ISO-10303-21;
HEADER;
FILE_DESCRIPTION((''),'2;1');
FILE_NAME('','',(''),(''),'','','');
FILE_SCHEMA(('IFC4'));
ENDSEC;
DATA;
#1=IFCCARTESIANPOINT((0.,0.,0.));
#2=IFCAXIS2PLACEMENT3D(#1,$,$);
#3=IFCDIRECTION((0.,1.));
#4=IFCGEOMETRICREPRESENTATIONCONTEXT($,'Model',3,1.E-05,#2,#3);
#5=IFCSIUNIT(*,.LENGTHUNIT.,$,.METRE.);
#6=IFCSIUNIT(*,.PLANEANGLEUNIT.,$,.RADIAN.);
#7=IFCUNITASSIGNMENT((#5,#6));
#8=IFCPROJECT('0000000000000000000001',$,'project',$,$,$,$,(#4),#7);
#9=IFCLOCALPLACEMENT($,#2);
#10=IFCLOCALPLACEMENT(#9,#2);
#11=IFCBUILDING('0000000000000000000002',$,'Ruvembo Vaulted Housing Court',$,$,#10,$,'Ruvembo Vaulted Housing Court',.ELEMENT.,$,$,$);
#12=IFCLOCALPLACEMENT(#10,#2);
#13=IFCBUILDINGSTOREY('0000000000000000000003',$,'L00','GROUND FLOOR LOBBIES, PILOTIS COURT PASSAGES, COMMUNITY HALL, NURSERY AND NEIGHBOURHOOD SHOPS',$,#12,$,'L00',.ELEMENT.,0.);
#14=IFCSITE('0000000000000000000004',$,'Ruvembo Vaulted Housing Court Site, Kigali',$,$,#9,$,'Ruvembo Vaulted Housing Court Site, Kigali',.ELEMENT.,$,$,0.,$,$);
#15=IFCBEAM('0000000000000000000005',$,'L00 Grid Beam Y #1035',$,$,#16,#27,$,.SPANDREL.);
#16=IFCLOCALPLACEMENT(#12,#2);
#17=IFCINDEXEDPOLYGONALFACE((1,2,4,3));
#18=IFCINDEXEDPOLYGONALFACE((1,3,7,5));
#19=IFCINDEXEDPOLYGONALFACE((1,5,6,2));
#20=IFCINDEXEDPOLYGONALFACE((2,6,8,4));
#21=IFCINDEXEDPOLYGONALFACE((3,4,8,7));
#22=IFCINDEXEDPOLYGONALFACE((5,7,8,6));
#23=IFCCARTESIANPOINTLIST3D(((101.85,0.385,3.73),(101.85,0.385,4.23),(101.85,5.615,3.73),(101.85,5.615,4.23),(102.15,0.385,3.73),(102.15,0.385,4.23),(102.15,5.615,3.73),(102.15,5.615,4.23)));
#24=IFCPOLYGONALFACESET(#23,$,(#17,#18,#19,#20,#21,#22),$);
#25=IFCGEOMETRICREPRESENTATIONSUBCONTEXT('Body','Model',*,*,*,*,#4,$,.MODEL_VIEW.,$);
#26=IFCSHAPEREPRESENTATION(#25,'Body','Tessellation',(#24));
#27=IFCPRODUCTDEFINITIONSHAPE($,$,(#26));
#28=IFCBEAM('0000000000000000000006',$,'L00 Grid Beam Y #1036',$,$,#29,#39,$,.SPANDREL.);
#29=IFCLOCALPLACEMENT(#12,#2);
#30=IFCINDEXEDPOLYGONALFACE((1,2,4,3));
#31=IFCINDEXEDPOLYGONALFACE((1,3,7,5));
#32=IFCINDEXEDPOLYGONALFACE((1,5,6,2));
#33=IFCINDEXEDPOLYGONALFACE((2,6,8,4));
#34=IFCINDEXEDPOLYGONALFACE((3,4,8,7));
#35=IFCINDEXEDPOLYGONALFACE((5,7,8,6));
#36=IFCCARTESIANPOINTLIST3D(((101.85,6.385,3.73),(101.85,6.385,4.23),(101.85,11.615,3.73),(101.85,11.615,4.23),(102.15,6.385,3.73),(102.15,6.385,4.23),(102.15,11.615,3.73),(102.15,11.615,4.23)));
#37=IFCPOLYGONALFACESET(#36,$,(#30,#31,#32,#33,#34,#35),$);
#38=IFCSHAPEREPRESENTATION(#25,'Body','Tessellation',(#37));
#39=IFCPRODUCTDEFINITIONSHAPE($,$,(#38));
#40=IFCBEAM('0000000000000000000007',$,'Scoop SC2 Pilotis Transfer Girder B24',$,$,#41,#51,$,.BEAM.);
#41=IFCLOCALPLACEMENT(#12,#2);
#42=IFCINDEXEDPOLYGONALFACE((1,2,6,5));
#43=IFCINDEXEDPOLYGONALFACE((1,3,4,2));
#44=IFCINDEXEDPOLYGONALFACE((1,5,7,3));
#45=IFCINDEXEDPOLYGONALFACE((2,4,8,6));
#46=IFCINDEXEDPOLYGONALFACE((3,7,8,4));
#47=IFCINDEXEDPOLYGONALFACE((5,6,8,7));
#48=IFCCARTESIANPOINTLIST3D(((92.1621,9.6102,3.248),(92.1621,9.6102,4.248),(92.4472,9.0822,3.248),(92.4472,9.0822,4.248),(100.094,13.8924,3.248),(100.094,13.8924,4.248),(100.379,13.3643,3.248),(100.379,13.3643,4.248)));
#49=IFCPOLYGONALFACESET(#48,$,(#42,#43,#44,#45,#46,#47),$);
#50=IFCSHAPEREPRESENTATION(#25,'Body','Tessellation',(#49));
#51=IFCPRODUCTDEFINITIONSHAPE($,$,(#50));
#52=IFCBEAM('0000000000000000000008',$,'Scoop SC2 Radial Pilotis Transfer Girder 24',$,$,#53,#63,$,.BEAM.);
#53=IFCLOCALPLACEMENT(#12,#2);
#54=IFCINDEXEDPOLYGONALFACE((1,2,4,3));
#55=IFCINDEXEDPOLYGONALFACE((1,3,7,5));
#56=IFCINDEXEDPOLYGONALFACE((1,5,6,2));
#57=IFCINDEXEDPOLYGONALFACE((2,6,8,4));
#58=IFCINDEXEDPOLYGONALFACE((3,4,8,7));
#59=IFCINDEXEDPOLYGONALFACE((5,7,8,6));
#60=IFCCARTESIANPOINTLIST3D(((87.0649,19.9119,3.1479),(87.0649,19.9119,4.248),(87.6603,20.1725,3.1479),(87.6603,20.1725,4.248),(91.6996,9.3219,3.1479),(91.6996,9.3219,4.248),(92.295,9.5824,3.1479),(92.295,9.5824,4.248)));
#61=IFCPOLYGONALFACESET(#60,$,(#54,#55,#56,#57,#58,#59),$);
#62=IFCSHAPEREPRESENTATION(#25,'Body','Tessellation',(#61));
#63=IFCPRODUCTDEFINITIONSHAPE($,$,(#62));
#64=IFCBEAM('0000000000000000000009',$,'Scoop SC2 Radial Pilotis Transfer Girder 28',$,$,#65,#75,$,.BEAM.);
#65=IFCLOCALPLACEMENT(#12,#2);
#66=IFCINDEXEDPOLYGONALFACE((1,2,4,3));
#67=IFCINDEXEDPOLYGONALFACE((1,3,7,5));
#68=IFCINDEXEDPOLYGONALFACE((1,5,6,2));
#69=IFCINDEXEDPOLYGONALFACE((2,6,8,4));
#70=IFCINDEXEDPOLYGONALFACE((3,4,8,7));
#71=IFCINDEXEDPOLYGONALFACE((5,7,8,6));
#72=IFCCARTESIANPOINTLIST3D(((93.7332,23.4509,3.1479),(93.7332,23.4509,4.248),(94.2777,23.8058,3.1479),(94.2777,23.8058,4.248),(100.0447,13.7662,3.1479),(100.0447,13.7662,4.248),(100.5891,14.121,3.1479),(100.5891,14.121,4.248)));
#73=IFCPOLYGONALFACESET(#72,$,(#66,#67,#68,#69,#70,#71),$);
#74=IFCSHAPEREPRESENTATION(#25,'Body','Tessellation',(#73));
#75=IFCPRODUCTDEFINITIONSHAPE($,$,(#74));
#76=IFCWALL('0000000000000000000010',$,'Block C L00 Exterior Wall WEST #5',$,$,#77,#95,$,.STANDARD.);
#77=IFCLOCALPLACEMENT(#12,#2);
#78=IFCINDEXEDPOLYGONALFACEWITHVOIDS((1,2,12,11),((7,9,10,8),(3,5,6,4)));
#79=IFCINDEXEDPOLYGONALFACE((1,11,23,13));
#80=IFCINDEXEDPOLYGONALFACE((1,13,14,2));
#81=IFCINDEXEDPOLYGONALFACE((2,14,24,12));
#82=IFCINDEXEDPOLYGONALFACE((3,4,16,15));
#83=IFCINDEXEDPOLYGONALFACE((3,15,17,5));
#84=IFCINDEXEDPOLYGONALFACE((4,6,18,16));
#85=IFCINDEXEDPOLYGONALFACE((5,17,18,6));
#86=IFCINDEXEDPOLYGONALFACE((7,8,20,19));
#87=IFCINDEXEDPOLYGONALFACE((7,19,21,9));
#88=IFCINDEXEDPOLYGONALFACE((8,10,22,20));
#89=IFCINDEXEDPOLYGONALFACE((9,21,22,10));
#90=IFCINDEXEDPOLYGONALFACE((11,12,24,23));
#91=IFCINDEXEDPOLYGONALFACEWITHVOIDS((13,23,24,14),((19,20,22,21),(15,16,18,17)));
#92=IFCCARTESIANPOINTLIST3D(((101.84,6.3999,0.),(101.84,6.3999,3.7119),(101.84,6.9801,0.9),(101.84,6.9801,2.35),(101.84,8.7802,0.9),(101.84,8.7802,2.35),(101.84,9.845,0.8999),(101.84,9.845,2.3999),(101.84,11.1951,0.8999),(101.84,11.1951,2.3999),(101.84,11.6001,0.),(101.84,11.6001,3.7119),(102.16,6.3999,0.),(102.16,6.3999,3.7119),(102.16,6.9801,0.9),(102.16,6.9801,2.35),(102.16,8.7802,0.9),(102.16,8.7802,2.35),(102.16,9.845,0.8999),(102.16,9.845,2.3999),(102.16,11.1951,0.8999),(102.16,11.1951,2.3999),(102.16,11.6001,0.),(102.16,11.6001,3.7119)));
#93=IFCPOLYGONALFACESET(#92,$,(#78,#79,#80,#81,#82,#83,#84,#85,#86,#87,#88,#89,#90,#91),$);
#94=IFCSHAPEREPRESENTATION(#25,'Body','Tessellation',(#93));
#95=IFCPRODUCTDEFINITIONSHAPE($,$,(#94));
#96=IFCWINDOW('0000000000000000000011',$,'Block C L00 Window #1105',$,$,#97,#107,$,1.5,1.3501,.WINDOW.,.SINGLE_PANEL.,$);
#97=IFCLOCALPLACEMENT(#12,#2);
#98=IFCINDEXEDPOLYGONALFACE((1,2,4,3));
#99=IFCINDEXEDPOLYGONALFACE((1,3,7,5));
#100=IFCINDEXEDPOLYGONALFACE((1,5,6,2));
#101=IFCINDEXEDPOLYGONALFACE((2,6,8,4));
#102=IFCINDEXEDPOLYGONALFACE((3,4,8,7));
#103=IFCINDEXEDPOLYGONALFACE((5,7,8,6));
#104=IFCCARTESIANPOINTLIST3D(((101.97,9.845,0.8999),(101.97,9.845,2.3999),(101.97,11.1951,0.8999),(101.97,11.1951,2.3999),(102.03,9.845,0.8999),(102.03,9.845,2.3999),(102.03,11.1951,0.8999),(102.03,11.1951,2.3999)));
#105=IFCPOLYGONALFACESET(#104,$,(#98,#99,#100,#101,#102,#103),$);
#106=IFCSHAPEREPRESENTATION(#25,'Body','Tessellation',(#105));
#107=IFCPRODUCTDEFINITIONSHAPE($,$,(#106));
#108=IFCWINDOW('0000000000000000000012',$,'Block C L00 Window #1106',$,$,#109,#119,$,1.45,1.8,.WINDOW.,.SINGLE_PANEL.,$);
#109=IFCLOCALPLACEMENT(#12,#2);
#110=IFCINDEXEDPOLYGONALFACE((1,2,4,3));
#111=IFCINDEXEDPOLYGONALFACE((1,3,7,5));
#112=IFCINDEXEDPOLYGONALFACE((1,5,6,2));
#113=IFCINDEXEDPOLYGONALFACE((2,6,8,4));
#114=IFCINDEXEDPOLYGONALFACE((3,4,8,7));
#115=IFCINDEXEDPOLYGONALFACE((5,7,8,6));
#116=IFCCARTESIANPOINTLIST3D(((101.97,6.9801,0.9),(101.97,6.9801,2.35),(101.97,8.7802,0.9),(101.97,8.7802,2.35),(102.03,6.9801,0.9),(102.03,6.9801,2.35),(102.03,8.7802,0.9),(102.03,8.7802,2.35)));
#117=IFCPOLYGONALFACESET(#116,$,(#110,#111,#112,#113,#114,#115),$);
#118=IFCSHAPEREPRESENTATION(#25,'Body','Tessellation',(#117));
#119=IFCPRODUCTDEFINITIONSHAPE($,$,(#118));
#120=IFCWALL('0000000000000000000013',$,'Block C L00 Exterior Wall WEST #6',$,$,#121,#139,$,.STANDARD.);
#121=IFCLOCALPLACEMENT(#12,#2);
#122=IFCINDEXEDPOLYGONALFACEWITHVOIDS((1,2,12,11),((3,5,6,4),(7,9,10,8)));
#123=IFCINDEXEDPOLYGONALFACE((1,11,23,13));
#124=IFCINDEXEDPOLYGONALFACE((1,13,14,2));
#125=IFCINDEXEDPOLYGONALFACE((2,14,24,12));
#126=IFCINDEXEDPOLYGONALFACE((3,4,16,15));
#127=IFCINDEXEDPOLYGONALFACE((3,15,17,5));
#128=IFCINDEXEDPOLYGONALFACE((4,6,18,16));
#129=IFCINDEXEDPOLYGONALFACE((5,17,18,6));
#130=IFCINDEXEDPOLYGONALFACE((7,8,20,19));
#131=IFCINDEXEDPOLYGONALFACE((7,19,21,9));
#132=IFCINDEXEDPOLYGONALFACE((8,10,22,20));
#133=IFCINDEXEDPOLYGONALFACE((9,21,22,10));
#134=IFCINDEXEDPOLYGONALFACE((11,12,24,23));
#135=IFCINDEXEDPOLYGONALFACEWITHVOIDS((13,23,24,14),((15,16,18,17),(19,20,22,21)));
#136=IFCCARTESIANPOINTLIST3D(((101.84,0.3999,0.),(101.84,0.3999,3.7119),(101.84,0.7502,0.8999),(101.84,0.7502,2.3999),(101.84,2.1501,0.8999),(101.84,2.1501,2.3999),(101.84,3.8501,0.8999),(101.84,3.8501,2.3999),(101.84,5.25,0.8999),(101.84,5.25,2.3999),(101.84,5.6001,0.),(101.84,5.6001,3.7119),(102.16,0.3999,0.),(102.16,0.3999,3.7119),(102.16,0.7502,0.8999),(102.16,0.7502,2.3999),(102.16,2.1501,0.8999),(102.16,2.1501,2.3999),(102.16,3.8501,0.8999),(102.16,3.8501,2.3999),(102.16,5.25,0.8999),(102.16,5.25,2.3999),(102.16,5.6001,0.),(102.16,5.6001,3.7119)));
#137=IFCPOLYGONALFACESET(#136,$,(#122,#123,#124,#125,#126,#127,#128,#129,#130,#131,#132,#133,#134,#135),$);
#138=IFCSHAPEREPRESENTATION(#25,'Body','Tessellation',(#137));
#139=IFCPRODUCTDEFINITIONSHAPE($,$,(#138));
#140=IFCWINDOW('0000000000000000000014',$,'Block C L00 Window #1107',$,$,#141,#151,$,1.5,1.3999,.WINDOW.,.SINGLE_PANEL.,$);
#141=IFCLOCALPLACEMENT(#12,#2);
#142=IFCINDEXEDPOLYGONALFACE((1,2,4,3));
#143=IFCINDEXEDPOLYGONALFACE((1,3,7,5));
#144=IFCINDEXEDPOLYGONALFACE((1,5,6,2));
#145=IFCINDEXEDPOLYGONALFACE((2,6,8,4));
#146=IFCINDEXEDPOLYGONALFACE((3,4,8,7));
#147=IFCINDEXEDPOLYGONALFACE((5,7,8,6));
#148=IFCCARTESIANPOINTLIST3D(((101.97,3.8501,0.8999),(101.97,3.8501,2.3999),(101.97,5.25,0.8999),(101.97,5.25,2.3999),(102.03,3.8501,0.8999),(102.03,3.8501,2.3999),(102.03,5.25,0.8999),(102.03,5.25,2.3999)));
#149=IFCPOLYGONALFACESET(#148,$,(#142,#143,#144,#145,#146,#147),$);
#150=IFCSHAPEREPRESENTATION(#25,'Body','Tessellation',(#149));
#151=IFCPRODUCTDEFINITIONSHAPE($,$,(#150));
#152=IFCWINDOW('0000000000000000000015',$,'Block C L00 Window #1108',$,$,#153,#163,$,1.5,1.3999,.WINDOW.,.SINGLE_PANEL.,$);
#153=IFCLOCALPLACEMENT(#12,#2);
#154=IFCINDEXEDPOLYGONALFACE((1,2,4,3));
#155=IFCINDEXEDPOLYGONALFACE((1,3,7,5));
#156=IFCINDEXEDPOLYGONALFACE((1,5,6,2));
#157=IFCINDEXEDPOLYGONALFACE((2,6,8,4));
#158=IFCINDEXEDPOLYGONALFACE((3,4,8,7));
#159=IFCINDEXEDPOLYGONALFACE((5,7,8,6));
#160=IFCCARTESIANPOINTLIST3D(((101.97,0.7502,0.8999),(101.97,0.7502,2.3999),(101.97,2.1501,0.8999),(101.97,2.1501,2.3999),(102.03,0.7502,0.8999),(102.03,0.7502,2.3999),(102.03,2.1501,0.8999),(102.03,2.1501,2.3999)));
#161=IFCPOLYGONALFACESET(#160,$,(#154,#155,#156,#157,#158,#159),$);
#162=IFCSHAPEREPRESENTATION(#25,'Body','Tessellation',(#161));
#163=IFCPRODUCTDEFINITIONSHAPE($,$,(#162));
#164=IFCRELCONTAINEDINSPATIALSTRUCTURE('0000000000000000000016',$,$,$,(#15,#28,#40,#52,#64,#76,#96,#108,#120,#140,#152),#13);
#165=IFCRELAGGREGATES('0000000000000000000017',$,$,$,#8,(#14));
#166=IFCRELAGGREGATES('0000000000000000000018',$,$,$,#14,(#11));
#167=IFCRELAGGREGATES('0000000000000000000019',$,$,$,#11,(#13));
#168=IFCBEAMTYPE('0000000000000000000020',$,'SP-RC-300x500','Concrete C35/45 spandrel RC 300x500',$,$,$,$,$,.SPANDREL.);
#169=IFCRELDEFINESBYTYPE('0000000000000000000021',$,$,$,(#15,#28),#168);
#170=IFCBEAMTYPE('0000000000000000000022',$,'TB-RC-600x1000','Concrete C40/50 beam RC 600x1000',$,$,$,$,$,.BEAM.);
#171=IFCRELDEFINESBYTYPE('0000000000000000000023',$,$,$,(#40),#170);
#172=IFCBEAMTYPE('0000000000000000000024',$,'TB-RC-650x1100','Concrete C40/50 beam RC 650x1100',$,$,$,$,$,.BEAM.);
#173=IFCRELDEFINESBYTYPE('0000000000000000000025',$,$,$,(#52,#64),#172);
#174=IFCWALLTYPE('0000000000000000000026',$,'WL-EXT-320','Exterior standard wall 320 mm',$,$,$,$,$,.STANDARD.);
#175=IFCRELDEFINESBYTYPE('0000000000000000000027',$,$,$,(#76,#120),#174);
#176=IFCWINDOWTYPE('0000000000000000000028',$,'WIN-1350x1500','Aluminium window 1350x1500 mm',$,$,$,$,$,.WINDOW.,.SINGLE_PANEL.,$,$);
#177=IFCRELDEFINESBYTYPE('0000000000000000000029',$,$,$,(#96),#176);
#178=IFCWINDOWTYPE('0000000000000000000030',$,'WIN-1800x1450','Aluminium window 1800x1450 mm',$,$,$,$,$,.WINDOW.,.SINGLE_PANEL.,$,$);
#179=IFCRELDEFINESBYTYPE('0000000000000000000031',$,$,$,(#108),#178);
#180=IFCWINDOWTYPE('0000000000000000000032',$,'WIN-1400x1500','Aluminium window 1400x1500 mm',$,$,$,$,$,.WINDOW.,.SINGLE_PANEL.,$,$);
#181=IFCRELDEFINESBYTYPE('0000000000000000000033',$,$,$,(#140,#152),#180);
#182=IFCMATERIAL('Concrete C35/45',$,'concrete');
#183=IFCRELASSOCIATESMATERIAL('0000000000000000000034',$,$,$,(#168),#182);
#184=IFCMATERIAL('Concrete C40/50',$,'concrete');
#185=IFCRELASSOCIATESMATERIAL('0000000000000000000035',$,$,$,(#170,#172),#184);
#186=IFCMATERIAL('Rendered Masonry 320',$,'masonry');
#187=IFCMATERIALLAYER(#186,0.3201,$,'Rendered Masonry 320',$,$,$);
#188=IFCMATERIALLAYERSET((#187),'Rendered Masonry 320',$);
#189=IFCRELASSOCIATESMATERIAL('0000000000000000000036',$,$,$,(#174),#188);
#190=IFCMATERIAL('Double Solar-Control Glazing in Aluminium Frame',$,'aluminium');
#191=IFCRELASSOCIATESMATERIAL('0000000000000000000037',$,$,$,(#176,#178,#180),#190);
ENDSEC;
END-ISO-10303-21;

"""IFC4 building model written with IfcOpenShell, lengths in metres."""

from ifc_helpers import new_model, si_unit, direction, frame, frame_2d, origin, origin_2d, place, context, subcontext, project, spatial, rectangle, extrude, material, layer, layer_set, material_profile, profile_set, type_object, element, fill, save


model = new_model("IFC4")

# Units and contexts
model_context = context("Model", 3, precision=1e-05, world=origin(), true_north=direction((0.0, 1.0)))
body_context = subcontext(model_context, "Body", "Model", "MODEL_VIEW")
ifc_project = project(units=[si_unit("LENGTHUNIT", "METRE"), si_unit("PLANEANGLEUNIT", "RADIAN")], contexts=[model_context])

# Site, building, storey
site_placement = place(None, origin())
site = spatial("IfcSite", under=ifc_project, at=site_placement, Name="Ruvembo Vaulted Housing Court Site, Kigali", LongName="Ruvembo Vaulted Housing Court Site, Kigali", CompositionType="ELEMENT", RefElevation=0.0)
building_placement = place(site_placement, origin())
building = spatial("IfcBuilding", under=site, at=building_placement, Name="Ruvembo Vaulted Housing Court", LongName="Ruvembo Vaulted Housing Court", CompositionType="ELEMENT")
storey_placement = place(building_placement, origin())
storey = spatial("IfcBuildingStorey", under=building, at=storey_placement, Name="L00", Description="GROUND FLOOR LOBBIES, PILOTIS COURT PASSAGES, COMMUNITY HALL, NURSERY AND NEIGHBOURHOOD SHOPS", LongName="L00", CompositionType="ELEMENT", Elevation=0.0)

# Shared definitions
ifc_material_1 = material(Name="Concrete C40/50", Category="concrete")

# Beams
ifc_material_2 = material(Name="Concrete C35/45", Category="concrete")
ifc_material_profile_1 = material_profile(ifc_material_2, rectangle(XDim=0.3, YDim=0.5, at=origin_2d()), Name="RC 300x500")
ifc_profile_set_1 = profile_set([ifc_material_profile_1], Name="Concrete C35/45")
beam_type_1 = type_object("IfcBeamType", Name="SP-RC-300x500", Description="Concrete C35/45 spandrel RC 300x500", PredefinedType="SPANDREL", material=ifc_profile_set_1)
for number, where, z_axis, x_axis, name in (
    (1, (102.0, 0.385, 3.98), (0.0, 1.0, 0.0), (-1.0, 0.0, 0.0), "L00 Grid Beam Y #1035"),
    (2, (102.0, 6.385, 3.98), (0.0, 1.0, 0.0), (-1.0, 0.0, 0.0), "L00 Grid Beam Y #1036"),
):
    element("IfcBeam", number, at=place(storey_placement, frame(where, z_axis=z_axis, x_axis=x_axis)), inside=storey, type_object=beam_type_1, Name=name, PredefinedType="SPANDREL", context=body_context, shape_type="SweptSolid", body=[
        extrude(rectangle(XDim=0.3, YDim=0.5, at=origin_2d()), origin(), (0.0, 0.0, 1.0), 5.23),
    ])
ifc_material_profile_2 = material_profile(ifc_material_1, rectangle(XDim=0.6001, YDim=1.0, at=origin_2d()), Name="RC 600x1000")
ifc_profile_set_2 = profile_set([ifc_material_profile_2], Name="Concrete C40/50")
beam_type_2 = type_object("IfcBeamType", Name="TB-RC-600x1000", Description="Concrete C40/50 beam RC 600x1000", PredefinedType="BEAM", material=ifc_profile_set_2)
beam_1_placement = place(storey_placement, frame((92.3047, 9.3462, 3.748), z_axis=(0.879951, 0.475064, 0.0), x_axis=(-0.475064, 0.879951, 0.0)))
element("IfcBeam", 3, at=beam_1_placement, inside=storey, type_object=beam_type_2, Name="Scoop SC2 Pilotis Transfer Girder B24", PredefinedType="BEAM", context=body_context, shape_type="SweptSolid", body=[
    extrude(rectangle(XDim=0.6001, YDim=1.0, at=origin_2d()), origin(), (0.0, 0.0, 1.0), 9.0139),
])
ifc_material_profile_3 = material_profile(ifc_material_1, rectangle(XDim=0.6499, YDim=1.1001, at=origin_2d()), Name="RC 650x1100")
ifc_profile_set_3 = profile_set([ifc_material_profile_3], Name="Concrete C40/50")
beam_type_3 = type_object("IfcBeamType", Name="TB-RC-650x1100", Description="Concrete C40/50 beam RC 650x1100", PredefinedType="BEAM", material=ifc_profile_set_3)
for number, where, z_axis, x_axis, name in (
    (4, (91.9973, 9.4521, 3.698), (-0.400935, 0.916106, 0.0), (-0.916106, -0.400935, 0.0), "Scoop SC2 Radial Pilotis Transfer Girder 24"),
    (5, (100.3169, 13.9436, 3.698), (-0.545985, 0.837795, 0.0), (-0.837795, -0.545985, 0.0), "Scoop SC2 Radial Pilotis Transfer Girder 28"),
):
    element("IfcBeam", number, at=place(storey_placement, frame(where, z_axis=z_axis, x_axis=x_axis)), inside=storey, type_object=beam_type_3, Name=name, PredefinedType="BEAM", context=body_context, shape_type="SweptSolid", body=[
        extrude(rectangle(XDim=0.6499, YDim=1.1001, at=origin_2d()), origin(), (0.0, 0.0, 1.0), 11.5598),
    ])

# Walls, openings, windows
ifc_material_3 = material(Name="Rendered Masonry 320", Category="masonry")
ifc_layer = layer(ifc_material_3, 0.3201, Name="Rendered Masonry 320")
ifc_layer_set = layer_set([ifc_layer], Name="Rendered Masonry 320")
wall_type = type_object("IfcWallType", Name="WL-EXT-320", Description="Exterior standard wall 320 mm", PredefinedType="STANDARD", material=ifc_layer_set)
wall_1_placement = place(storey_placement, frame((102.0, 11.6001, 0.0), z_axis=(0.0, 0.0, 1.0), x_axis=(0.0, -1.0, 0.0)))
wall_1 = element("IfcWall", 6, at=wall_1_placement, inside=storey, type_object=wall_type, Name="Block C L00 Exterior Wall WEST #5", PredefinedType="STANDARD", context=body_context, shape_type="SweptSolid", body=[
    extrude(rectangle(XDim=5.2002, YDim=0.3201, at=frame_2d((2.6001, 0.0))), origin(), (0.0, 0.0, 1.0), 3.7119),
])
opening_1_placement = place(wall_1_placement, frame((0.405, 0.0, 0.8999)))
opening_1 = element("IfcOpeningElement", 7, at=opening_1_placement, cuts=wall_1, PredefinedType="OPENING", context=body_context, shape_type="SweptSolid", body=[
    extrude(rectangle(XDim=1.3501, YDim=1.5, at=frame_2d((0.675, 0.75))), frame((0.0, 0.1699, 0.0), z_axis=(0.0, -1.0, 0.0), x_axis=(1.0, 0.0, 0.0)), (0.0, 0.0, 1.0), 0.3401),
])
opening_2_placement = place(wall_1_placement, frame((2.8201, 0.0, 0.8999)))
opening_2 = element("IfcOpeningElement", 8, at=opening_2_placement, cuts=wall_1, PredefinedType="OPENING", context=body_context, shape_type="SweptSolid", body=[
    extrude(rectangle(XDim=1.8, YDim=1.45, at=frame_2d((0.8999, 0.7251))), frame((0.0, 0.1699, 0.0), z_axis=(0.0, -1.0, 0.0), x_axis=(1.0, 0.0, 0.0)), (0.0, 0.0, 1.0), 0.3401),
])
ifc_material_4 = material(Name="Double Solar-Control Glazing in Aluminium Frame", Category="aluminium")
window_type_1 = type_object("IfcWindowType", Name="WIN-1350x1500", Description="Aluminium window 1350x1500 mm", PartitioningType="SINGLE_PANEL", PredefinedType="WINDOW", material=ifc_material_4)
window_1_placement = place(opening_1_placement, origin())
window_1 = element("IfcWindow", 9, at=window_1_placement, inside=storey, type_object=window_type_1, Name="Block C L00 Window #1105", OverallHeight=1.5, OverallWidth=1.3501, PartitioningType="SINGLE_PANEL", PredefinedType="WINDOW", context=body_context, shape_type="SweptSolid", body=[
    extrude(rectangle(XDim=1.3501, YDim=1.5, at=frame_2d((0.675, 0.75))), frame((0.0, 0.03, 0.0), z_axis=(0.0, -1.0, 0.0), x_axis=(1.0, 0.0, 0.0)), (0.0, 0.0, 1.0), 0.0601),
])
fill(opening_1, window_1)
window_type_2 = type_object("IfcWindowType", Name="WIN-1800x1450", Description="Aluminium window 1800x1450 mm", PartitioningType="SINGLE_PANEL", PredefinedType="WINDOW", material=ifc_material_4)
window_2_placement = place(opening_2_placement, origin())
window_2 = element("IfcWindow", 10, at=window_2_placement, inside=storey, type_object=window_type_2, Name="Block C L00 Window #1106", OverallHeight=1.45, OverallWidth=1.8, PartitioningType="SINGLE_PANEL", PredefinedType="WINDOW", context=body_context, shape_type="SweptSolid", body=[
    extrude(rectangle(XDim=1.8, YDim=1.45, at=frame_2d((0.8999, 0.7251))), frame((0.0, 0.03, 0.0), z_axis=(0.0, -1.0, 0.0), x_axis=(1.0, 0.0, 0.0)), (0.0, 0.0, 1.0), 0.0601),
])
fill(opening_2, window_2)
wall_2_placement = place(storey_placement, frame((102.0, 5.6001, 0.0), z_axis=(0.0, 0.0, 1.0), x_axis=(0.0, -1.0, 0.0)))
wall_2 = element("IfcWall", 11, at=wall_2_placement, inside=storey, type_object=wall_type, Name="Block C L00 Exterior Wall WEST #6", PredefinedType="STANDARD", context=body_context, shape_type="SweptSolid", body=[
    extrude(rectangle(XDim=5.2002, YDim=0.3201, at=frame_2d((2.6001, 0.0))), origin(), (0.0, 0.0, 1.0), 3.7119),
])
opening_3_placement = place(wall_2_placement, frame((0.3501, 0.0, 0.8999)))
opening_3 = element("IfcOpeningElement", 12, at=opening_3_placement, cuts=wall_2, PredefinedType="OPENING", context=body_context, shape_type="SweptSolid", body=[
    extrude(rectangle(XDim=1.3999, YDim=1.5, at=frame_2d((0.7, 0.75))), frame((0.0, 0.1699, 0.0), z_axis=(0.0, -1.0, 0.0), x_axis=(1.0, 0.0, 0.0)), (0.0, 0.0, 1.0), 0.3401),
])
opening_4_placement = place(wall_2_placement, frame((3.45, 0.0, 0.8999)))
opening_4 = element("IfcOpeningElement", 13, at=opening_4_placement, cuts=wall_2, PredefinedType="OPENING", context=body_context, shape_type="SweptSolid", body=[
    extrude(rectangle(XDim=1.3999, YDim=1.5, at=frame_2d((0.7, 0.75))), frame((0.0, 0.1699, 0.0), z_axis=(0.0, -1.0, 0.0), x_axis=(1.0, 0.0, 0.0)), (0.0, 0.0, 1.0), 0.3401),
])
window_type_3 = type_object("IfcWindowType", Name="WIN-1400x1500", Description="Aluminium window 1400x1500 mm", PartitioningType="SINGLE_PANEL", PredefinedType="WINDOW", material=ifc_material_4)
window_3_placement = place(opening_3_placement, origin())
window_3 = element("IfcWindow", 14, at=window_3_placement, inside=storey, type_object=window_type_3, Name="Block C L00 Window #1107", OverallHeight=1.5, OverallWidth=1.3999, PartitioningType="SINGLE_PANEL", PredefinedType="WINDOW", context=body_context, shape_type="SweptSolid", body=[
    extrude(rectangle(XDim=1.3999, YDim=1.5, at=frame_2d((0.7, 0.75))), frame((0.0, 0.03, 0.0), z_axis=(0.0, -1.0, 0.0), x_axis=(1.0, 0.0, 0.0)), (0.0, 0.0, 1.0), 0.0601),
])
fill(opening_3, window_3)
window_4_placement = place(opening_4_placement, origin())
window_4 = element("IfcWindow", 15, at=window_4_placement, inside=storey, type_object=window_type_3, Name="Block C L00 Window #1108", OverallHeight=1.5, OverallWidth=1.3999, PartitioningType="SINGLE_PANEL", PredefinedType="WINDOW", context=body_context, shape_type="SweptSolid", body=[
    extrude(rectangle(XDim=1.3999, YDim=1.5, at=frame_2d((0.7, 0.75))), frame((0.0, 0.03, 0.0), z_axis=(0.0, -1.0, 0.0), x_axis=(1.0, 0.0, 0.0)), (0.0, 0.0, 1.0), 0.0601),
])
fill(opening_4, window_4)

save(model, "model.ifc")
